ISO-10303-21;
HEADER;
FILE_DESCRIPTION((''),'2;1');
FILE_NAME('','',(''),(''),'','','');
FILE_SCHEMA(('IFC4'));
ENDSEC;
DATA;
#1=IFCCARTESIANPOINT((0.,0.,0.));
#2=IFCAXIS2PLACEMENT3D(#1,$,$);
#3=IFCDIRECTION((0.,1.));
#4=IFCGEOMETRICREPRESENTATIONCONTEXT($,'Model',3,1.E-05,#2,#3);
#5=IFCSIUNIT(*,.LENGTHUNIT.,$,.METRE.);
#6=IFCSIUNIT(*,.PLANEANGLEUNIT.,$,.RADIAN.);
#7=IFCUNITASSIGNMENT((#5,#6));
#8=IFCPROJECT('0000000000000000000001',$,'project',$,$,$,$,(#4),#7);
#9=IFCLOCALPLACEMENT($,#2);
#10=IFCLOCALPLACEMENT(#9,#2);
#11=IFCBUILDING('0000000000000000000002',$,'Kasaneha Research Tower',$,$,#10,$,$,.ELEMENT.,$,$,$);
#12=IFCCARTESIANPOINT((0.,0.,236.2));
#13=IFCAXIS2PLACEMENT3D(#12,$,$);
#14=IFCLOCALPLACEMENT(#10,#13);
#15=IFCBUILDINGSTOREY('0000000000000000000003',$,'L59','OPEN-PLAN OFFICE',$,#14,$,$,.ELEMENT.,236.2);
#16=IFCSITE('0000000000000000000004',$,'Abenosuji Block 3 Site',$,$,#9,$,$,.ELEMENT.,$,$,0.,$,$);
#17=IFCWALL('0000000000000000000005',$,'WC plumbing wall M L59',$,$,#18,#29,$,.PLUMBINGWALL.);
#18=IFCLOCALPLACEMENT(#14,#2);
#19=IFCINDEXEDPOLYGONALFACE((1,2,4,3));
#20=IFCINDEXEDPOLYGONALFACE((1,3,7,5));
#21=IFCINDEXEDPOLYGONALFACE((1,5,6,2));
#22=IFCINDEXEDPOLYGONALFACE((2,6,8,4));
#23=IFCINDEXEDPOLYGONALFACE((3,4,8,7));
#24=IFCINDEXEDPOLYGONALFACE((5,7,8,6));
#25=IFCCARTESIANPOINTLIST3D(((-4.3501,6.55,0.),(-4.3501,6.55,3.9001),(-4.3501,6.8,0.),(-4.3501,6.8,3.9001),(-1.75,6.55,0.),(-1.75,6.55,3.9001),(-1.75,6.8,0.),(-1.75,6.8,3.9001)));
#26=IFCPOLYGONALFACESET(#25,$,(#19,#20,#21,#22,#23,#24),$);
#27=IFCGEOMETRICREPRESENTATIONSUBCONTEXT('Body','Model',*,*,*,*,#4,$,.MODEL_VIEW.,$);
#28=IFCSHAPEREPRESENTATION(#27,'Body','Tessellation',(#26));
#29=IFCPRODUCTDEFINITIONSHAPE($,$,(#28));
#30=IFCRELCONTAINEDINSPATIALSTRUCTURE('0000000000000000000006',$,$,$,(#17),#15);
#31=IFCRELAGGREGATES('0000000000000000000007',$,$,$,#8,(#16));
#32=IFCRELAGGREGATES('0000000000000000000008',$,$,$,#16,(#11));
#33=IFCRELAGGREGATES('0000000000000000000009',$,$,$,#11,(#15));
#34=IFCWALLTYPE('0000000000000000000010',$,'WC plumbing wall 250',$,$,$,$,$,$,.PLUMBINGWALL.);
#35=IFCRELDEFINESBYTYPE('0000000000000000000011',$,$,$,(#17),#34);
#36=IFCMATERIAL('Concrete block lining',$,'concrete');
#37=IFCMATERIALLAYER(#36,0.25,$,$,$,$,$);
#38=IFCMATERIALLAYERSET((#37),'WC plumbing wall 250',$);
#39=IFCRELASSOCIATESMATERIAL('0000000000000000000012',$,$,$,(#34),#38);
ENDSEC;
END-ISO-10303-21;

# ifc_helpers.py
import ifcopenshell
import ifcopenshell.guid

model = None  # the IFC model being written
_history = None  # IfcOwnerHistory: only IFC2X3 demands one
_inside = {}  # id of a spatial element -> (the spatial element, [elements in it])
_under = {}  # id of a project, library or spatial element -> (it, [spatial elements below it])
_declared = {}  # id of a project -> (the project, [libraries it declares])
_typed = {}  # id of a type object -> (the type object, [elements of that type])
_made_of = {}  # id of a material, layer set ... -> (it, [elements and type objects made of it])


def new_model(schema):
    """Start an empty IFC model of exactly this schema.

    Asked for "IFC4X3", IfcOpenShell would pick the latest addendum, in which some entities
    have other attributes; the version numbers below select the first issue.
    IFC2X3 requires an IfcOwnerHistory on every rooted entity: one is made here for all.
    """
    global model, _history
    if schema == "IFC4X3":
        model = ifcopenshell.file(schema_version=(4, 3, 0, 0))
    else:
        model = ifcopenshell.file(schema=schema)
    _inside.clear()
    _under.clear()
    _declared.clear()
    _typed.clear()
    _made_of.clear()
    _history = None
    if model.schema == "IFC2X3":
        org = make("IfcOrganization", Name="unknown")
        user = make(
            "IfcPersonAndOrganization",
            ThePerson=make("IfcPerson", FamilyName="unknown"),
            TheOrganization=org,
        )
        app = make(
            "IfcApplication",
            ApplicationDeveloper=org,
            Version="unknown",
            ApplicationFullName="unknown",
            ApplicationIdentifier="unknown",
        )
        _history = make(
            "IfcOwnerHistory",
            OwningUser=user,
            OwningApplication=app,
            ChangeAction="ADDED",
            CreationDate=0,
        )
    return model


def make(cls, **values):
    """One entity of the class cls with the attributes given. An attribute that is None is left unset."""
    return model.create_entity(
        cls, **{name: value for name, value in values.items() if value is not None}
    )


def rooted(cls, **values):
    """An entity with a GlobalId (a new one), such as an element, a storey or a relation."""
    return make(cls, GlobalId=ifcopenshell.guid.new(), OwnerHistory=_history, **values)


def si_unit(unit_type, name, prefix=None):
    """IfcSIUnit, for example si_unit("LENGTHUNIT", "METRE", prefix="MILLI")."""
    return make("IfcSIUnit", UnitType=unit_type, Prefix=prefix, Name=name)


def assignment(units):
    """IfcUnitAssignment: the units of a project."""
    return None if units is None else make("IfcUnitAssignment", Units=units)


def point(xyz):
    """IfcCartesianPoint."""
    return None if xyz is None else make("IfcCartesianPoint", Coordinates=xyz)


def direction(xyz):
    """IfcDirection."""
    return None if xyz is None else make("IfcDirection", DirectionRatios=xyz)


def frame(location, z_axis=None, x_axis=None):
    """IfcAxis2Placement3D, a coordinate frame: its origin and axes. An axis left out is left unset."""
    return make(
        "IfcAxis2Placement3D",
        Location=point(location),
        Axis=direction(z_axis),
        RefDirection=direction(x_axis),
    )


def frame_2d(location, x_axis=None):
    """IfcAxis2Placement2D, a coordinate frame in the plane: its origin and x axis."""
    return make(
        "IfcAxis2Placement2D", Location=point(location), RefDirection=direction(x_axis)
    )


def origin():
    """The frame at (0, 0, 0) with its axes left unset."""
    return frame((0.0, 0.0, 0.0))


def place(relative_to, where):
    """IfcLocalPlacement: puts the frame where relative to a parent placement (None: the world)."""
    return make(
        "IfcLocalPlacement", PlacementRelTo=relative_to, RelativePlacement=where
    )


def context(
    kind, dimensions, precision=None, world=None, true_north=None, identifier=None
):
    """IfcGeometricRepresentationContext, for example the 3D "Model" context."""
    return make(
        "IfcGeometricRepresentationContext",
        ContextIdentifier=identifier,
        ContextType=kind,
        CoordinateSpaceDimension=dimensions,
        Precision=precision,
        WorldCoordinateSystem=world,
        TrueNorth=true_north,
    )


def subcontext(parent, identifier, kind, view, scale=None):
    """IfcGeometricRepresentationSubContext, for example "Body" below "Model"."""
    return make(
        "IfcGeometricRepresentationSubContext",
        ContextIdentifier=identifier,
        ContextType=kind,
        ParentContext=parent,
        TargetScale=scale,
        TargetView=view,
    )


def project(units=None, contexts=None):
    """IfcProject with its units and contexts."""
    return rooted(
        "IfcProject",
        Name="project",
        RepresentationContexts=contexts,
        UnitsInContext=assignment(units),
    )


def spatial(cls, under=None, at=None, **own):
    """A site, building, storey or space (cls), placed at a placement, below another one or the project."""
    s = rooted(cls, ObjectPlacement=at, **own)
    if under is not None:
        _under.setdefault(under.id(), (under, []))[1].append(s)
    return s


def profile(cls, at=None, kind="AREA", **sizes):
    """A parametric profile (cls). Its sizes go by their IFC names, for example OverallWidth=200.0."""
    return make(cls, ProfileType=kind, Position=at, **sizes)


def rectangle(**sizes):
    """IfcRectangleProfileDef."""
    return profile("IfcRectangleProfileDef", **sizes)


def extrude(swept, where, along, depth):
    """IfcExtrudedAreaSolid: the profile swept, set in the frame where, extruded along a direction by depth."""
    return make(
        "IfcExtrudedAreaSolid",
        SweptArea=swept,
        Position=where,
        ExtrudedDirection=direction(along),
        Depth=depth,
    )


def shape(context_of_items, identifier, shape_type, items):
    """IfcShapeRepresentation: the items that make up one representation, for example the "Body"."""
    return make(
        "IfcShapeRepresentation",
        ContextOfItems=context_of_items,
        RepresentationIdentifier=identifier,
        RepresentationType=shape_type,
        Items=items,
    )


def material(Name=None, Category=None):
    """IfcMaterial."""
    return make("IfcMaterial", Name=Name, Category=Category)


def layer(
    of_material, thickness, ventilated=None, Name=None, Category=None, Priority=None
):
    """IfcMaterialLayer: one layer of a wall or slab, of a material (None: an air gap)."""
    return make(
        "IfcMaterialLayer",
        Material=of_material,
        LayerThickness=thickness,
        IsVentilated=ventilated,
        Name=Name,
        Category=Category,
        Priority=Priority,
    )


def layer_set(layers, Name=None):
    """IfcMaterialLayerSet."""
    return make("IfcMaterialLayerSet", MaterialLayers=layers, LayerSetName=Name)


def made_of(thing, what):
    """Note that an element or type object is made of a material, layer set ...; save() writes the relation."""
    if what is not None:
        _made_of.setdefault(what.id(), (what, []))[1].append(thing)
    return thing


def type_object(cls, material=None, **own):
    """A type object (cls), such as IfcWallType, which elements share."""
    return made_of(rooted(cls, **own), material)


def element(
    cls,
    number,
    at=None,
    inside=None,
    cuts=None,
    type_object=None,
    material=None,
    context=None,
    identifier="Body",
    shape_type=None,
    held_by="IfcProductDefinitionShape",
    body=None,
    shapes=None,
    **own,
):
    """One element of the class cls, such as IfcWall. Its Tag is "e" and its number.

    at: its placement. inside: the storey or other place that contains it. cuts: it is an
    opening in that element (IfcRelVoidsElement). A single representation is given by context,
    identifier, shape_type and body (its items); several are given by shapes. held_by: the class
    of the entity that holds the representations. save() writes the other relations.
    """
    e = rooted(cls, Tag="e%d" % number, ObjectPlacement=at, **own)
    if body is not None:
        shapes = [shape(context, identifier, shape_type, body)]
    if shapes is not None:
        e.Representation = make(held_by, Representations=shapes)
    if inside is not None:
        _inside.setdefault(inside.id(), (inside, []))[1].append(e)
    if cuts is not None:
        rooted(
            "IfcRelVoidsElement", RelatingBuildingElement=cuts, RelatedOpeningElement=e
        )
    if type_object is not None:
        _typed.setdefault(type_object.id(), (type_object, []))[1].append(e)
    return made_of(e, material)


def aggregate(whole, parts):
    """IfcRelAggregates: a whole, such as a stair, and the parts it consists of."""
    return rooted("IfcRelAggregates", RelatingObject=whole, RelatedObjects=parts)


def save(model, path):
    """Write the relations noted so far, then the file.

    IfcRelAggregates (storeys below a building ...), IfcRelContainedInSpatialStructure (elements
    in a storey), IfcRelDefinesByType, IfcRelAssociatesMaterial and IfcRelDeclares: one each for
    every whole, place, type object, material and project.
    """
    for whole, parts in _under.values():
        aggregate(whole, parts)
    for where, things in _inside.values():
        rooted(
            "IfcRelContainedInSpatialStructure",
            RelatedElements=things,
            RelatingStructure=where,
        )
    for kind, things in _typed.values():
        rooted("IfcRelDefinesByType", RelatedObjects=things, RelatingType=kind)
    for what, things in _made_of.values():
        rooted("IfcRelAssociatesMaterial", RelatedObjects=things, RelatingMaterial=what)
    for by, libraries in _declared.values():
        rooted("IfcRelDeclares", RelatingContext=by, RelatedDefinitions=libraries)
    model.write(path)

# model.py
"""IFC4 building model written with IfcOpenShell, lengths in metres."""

from ifc_helpers import new_model, si_unit, direction, frame, frame_2d, origin, place, context, subcontext, project, spatial, rectangle, extrude, material, layer, layer_set, type_object, element, save


model = new_model("IFC4")

# Units and contexts
model_context = context("Model", 3, precision=1e-05, world=origin(), true_north=direction((0.0, 1.0)))
body_context = subcontext(model_context, "Body", "Model", "MODEL_VIEW")
ifc_project = project(units=[si_unit("LENGTHUNIT", "METRE"), si_unit("PLANEANGLEUNIT", "RADIAN")], contexts=[model_context])

# Site, building, storey
site_placement = place(None, origin())
site = spatial("IfcSite", under=ifc_project, at=site_placement, Name="Abenosuji Block 3 Site", CompositionType="ELEMENT", RefElevation=0.0)
building_placement = place(site_placement, origin())
building = spatial("IfcBuilding", under=site, at=building_placement, Name="Kasaneha Research Tower", CompositionType="ELEMENT")
storey_placement = place(building_placement, frame((0.0, 0.0, 236.2)))
storey = spatial("IfcBuildingStorey", under=building, at=storey_placement, Name="L59", Description="OPEN-PLAN OFFICE", CompositionType="ELEMENT", Elevation=236.2)

# Wall
ifc_material_1 = material(Name="Concrete block lining", Category="concrete")
ifc_layer_1 = layer(ifc_material_1, 0.25)
ifc_layer_set_1 = layer_set([ifc_layer_1], Name="WC plumbing wall 250")
wall_type_1 = type_object("IfcWallType", Name="WC plumbing wall 250", PredefinedType="PLUMBINGWALL", material=ifc_layer_set_1)
wall_1_placement = place(storey_placement, frame((-4.3501, 6.675, 0.0), z_axis=(0.0, 0.0, 1.0), x_axis=(1.0, 0.0, 0.0)))
element("IfcWall", 1, at=wall_1_placement, inside=storey, type_object=wall_type_1, Name="WC plumbing wall M L59", PredefinedType="PLUMBINGWALL", context=body_context, shape_type="SweptSolid", body=[
    extrude(rectangle(XDim=2.6001, YDim=0.25, at=frame_2d((1.3, 0.0))), origin(), (0.0, 0.0, 1.0), 3.9001),
])

save(model, "model.ifc")
